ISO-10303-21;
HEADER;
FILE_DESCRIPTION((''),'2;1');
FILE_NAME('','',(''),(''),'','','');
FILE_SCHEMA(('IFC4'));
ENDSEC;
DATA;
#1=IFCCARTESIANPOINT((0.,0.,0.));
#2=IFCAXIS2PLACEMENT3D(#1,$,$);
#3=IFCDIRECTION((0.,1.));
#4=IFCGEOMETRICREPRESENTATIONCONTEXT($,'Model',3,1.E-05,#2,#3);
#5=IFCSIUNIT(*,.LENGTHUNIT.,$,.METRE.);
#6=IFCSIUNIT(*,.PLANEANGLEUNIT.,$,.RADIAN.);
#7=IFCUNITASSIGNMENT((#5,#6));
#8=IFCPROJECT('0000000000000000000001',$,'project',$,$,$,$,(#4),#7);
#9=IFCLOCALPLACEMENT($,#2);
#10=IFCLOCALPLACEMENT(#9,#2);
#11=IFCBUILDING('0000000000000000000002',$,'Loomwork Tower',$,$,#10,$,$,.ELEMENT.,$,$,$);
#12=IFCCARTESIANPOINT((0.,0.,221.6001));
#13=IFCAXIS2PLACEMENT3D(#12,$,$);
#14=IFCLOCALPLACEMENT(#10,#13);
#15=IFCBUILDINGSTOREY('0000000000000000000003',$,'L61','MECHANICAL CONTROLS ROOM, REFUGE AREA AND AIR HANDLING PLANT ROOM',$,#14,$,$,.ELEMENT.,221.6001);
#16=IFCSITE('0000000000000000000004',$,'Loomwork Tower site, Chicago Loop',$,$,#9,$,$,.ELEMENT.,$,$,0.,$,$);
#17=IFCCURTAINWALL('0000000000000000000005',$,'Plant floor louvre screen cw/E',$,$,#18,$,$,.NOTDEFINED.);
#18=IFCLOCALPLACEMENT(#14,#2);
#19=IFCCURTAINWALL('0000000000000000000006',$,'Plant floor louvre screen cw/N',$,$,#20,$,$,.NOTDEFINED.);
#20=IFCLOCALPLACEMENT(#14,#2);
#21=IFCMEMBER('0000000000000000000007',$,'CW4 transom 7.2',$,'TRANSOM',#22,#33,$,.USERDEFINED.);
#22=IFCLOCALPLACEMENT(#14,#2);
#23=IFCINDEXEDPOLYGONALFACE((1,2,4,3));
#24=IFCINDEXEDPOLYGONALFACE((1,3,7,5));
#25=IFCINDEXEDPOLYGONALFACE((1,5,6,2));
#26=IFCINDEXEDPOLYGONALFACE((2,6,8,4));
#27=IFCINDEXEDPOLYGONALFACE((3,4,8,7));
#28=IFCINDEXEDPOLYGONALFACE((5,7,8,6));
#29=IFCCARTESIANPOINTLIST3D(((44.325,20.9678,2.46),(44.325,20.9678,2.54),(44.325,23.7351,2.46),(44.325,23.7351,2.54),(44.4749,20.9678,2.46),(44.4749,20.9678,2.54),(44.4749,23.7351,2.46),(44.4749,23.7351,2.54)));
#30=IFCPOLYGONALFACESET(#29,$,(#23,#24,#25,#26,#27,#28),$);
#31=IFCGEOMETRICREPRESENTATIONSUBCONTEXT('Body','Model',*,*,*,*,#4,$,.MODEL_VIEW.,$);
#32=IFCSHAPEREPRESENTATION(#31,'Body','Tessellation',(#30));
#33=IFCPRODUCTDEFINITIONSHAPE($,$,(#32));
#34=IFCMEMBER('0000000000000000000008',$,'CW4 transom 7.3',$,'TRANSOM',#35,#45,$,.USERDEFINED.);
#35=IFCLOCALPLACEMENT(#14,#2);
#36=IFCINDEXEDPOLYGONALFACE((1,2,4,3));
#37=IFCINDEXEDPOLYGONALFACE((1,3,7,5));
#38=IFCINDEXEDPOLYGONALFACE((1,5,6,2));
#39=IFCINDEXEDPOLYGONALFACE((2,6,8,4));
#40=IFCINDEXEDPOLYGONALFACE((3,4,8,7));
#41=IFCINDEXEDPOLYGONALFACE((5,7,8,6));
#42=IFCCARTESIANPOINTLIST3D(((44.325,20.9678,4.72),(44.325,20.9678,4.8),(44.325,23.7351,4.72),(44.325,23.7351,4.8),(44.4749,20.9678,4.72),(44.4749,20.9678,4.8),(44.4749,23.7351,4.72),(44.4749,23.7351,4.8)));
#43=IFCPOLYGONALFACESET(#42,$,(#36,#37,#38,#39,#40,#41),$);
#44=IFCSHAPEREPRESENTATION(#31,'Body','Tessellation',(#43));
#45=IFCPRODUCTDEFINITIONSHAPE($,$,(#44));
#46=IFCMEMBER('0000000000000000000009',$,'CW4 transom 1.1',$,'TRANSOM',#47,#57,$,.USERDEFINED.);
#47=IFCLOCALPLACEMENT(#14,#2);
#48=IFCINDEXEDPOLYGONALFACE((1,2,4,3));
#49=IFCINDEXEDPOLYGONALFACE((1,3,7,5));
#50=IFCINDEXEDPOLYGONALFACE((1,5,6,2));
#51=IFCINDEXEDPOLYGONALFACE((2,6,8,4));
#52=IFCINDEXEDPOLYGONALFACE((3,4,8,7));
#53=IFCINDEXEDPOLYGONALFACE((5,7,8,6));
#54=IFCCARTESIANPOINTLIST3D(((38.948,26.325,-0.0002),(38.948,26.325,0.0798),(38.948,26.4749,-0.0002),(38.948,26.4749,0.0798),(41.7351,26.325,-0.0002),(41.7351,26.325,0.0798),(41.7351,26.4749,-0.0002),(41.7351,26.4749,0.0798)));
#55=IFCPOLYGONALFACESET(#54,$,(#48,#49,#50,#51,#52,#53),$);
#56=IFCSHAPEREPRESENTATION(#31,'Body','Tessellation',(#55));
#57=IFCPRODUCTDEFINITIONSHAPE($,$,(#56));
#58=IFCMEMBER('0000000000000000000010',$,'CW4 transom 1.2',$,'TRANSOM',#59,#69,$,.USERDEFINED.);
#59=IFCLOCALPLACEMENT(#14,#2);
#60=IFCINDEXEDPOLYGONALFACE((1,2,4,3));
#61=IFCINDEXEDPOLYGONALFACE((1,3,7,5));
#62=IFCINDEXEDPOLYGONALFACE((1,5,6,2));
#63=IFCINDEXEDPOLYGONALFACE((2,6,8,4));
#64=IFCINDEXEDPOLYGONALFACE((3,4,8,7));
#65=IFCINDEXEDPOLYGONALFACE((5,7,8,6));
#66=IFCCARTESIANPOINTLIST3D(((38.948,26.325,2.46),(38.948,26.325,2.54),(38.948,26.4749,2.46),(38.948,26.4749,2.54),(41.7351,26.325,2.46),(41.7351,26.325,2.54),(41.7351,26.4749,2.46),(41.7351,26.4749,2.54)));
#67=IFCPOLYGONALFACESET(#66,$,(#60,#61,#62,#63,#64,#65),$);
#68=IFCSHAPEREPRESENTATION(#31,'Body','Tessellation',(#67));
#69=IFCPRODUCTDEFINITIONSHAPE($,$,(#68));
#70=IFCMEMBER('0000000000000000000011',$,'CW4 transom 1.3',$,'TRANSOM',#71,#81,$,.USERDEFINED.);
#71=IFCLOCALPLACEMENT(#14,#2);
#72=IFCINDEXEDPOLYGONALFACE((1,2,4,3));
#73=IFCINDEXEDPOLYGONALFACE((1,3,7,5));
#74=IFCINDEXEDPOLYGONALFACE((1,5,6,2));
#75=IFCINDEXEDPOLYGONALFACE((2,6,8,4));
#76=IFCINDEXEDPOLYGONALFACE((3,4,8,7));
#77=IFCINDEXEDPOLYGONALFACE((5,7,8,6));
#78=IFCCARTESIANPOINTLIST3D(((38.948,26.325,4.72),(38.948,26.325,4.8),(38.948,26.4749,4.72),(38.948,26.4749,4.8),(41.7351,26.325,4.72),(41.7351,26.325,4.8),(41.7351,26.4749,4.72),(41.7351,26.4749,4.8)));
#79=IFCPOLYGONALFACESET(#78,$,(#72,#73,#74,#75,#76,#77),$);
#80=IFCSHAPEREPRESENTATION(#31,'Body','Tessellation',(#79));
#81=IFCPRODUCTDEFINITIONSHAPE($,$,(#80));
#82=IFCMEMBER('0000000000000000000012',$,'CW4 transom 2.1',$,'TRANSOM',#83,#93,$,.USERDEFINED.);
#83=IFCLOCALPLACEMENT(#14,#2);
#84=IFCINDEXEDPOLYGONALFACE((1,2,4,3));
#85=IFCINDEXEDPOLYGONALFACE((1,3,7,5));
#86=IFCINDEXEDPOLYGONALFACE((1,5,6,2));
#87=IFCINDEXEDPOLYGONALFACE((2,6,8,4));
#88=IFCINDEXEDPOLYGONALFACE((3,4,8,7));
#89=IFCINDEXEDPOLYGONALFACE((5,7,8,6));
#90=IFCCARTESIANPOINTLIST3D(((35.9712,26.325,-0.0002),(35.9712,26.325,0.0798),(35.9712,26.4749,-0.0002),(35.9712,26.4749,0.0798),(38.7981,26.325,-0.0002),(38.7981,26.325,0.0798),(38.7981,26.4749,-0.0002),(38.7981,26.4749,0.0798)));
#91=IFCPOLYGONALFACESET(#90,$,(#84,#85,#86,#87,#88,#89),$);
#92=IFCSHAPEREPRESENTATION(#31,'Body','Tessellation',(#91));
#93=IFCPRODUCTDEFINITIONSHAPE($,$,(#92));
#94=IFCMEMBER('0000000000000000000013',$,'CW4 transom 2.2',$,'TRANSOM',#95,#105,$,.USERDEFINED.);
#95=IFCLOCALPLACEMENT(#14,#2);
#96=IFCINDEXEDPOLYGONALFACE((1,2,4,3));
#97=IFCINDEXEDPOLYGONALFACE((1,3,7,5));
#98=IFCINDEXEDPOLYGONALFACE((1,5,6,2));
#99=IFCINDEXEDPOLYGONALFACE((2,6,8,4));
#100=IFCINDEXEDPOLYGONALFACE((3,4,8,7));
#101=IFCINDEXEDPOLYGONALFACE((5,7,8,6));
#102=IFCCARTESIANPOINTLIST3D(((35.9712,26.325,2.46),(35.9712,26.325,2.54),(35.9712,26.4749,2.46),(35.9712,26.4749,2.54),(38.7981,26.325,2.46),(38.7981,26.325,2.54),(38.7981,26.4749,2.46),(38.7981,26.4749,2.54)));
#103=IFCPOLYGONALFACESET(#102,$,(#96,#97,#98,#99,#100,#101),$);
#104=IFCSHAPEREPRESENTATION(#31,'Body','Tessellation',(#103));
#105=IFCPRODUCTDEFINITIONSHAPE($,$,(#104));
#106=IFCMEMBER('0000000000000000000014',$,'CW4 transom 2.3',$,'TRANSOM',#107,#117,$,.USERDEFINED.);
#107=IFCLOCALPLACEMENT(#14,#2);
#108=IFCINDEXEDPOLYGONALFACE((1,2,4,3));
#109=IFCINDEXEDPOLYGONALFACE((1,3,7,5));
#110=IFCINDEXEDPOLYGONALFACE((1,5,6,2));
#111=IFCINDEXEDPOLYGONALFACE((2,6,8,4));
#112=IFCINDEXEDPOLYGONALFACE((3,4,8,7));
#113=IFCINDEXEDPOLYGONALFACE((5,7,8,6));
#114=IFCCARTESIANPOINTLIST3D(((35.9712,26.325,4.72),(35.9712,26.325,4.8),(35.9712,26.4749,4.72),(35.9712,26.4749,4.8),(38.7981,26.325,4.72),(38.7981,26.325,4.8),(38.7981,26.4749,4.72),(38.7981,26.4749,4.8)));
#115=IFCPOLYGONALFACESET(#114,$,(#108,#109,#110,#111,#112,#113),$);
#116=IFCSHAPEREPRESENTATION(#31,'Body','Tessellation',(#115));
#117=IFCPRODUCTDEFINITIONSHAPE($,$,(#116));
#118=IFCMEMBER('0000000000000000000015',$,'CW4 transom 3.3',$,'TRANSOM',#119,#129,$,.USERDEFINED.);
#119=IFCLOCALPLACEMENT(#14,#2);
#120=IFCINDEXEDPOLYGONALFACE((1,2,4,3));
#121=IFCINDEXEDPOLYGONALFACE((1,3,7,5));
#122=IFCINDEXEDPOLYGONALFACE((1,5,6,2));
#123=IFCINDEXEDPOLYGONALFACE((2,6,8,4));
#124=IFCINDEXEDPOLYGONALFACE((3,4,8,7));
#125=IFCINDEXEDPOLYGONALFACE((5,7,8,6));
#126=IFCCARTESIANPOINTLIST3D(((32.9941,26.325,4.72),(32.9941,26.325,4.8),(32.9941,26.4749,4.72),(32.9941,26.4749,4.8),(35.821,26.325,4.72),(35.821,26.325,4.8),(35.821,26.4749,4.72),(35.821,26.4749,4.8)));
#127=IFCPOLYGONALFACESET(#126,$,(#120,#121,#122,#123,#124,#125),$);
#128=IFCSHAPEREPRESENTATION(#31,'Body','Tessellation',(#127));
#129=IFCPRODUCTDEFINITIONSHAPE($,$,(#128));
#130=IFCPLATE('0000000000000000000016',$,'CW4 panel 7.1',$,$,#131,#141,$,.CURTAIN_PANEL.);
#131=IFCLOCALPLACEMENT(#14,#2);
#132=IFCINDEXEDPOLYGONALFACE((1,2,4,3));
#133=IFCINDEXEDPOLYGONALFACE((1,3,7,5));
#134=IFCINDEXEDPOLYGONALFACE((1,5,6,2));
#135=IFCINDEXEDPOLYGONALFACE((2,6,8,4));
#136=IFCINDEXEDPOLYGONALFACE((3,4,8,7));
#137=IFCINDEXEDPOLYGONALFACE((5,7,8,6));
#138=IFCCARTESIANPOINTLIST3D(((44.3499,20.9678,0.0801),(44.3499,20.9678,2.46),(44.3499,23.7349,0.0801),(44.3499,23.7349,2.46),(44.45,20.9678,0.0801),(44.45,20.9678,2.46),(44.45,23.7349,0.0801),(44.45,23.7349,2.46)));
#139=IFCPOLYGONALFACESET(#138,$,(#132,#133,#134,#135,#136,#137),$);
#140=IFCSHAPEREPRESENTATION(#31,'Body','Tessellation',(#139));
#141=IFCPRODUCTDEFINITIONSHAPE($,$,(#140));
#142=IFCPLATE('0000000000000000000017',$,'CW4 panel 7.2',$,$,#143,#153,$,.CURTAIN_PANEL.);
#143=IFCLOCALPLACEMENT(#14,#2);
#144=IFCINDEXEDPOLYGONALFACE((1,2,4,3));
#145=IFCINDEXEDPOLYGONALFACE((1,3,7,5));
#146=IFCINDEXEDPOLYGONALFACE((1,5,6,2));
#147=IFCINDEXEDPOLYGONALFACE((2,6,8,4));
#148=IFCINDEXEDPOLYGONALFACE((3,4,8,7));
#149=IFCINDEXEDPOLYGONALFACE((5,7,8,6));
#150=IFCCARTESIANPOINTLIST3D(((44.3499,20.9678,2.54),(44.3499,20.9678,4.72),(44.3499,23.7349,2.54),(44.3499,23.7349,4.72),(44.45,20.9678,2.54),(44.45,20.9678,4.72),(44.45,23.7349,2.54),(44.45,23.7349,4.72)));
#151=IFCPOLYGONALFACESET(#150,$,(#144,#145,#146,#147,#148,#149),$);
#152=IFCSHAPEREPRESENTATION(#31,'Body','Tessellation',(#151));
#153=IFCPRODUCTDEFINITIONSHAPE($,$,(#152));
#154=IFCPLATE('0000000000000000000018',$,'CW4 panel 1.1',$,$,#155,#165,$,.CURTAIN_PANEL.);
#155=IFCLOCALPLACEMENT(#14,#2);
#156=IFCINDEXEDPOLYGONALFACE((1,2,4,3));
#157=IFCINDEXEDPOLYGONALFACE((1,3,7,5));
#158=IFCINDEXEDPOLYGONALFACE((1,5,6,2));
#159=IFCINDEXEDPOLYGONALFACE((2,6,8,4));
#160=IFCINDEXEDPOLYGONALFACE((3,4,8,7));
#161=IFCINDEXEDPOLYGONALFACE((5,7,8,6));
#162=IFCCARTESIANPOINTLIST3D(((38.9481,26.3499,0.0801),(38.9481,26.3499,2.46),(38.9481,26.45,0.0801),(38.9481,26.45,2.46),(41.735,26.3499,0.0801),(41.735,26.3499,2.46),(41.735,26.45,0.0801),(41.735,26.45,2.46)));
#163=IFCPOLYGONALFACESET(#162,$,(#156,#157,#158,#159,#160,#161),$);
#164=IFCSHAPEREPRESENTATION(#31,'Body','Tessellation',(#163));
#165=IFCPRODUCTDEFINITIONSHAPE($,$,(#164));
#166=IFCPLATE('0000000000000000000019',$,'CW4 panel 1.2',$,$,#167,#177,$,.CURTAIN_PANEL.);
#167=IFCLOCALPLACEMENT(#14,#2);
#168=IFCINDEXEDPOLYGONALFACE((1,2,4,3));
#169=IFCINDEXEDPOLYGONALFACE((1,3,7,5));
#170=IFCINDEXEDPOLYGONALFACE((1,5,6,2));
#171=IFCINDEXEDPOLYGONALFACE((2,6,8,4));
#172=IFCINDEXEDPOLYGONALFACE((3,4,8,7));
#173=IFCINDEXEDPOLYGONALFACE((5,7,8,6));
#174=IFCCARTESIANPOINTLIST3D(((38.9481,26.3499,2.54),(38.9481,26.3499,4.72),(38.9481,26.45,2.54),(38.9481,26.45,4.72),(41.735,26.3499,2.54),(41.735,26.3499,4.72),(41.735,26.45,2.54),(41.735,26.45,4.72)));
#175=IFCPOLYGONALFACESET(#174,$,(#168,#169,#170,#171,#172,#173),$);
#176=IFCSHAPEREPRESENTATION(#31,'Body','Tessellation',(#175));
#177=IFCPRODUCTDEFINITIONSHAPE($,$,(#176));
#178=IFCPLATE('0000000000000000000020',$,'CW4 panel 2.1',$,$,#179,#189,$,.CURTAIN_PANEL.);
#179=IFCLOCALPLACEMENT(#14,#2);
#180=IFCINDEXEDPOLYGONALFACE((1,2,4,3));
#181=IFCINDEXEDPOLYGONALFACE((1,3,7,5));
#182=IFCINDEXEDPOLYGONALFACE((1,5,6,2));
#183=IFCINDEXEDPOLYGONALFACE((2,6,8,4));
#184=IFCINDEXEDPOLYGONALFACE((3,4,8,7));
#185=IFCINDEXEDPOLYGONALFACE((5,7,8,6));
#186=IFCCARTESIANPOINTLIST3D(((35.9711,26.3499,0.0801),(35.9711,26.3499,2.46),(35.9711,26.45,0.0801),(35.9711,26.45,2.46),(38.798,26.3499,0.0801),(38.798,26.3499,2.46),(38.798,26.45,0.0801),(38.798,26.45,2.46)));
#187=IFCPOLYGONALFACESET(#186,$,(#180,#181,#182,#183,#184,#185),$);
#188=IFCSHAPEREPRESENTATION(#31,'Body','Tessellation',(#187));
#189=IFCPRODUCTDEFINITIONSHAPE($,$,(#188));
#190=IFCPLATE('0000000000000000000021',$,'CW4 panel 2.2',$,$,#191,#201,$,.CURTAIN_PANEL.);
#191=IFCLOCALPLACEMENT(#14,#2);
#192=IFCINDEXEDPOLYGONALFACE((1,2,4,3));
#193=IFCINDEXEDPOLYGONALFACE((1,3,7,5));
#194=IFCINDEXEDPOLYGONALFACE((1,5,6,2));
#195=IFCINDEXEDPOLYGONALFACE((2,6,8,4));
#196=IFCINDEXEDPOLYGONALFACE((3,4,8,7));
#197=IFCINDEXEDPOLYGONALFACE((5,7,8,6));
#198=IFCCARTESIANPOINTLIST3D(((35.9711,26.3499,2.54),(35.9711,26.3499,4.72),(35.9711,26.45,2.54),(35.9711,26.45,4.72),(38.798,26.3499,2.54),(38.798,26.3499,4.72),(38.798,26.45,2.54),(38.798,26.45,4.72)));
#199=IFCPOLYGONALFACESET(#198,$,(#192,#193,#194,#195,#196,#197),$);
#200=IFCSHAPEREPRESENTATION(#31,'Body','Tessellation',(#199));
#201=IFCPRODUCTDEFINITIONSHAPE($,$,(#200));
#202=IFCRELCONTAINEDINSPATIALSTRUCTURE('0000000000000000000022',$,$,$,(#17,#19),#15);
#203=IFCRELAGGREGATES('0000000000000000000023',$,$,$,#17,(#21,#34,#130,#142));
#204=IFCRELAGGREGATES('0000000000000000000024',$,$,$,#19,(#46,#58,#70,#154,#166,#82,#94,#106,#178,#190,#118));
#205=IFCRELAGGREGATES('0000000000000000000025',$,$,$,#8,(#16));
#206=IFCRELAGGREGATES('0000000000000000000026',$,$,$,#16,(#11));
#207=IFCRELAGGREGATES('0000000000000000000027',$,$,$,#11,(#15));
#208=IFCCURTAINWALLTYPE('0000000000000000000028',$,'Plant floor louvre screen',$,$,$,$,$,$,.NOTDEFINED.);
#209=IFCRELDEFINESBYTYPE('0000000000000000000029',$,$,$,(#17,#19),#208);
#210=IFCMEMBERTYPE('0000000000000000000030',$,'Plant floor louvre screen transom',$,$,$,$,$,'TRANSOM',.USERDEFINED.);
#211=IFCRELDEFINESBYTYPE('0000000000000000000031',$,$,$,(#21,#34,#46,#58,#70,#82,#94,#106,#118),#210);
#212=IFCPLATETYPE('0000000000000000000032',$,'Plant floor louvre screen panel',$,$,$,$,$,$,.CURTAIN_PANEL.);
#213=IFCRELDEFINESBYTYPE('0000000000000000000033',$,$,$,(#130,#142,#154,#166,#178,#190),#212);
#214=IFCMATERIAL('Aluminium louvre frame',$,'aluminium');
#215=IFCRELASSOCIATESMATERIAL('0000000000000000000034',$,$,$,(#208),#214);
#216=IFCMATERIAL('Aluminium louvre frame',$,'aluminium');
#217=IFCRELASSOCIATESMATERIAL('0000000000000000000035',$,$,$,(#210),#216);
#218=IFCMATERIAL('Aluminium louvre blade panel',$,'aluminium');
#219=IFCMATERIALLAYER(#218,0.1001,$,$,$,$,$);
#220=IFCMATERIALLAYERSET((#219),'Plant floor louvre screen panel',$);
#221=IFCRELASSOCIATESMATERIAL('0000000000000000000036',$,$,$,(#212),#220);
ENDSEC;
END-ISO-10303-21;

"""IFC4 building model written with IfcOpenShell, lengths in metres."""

from ifc_helpers import new_model, si_unit, direction, frame, origin, origin_2d, place, context, subcontext, project, spatial, rectangle, extrude, material, layer, layer_set, material_profile, profile_set, type_object, element, aggregate, save


model = new_model("IFC4")

# Units and contexts
model_context = context("Model", 3, precision=1e-05, world=origin(), true_north=direction((0.0, 1.0)))
body_context = subcontext(model_context, "Body", "Model", "MODEL_VIEW")
ifc_project = project(units=[si_unit("LENGTHUNIT", "METRE"), si_unit("PLANEANGLEUNIT", "RADIAN")], contexts=[model_context])

# Site, building, storey
site_placement = place(None, origin())
site = spatial("IfcSite", under=ifc_project, at=site_placement, Name="Loomwork Tower site, Chicago Loop", CompositionType="ELEMENT", RefElevation=0.0)
building_placement = place(site_placement, origin())
building = spatial("IfcBuilding", under=site, at=building_placement, Name="Loomwork Tower", CompositionType="ELEMENT")
storey_placement = place(building_placement, frame((0.0, 0.0, 221.6001)))
storey = spatial("IfcBuildingStorey", under=building, at=storey_placement, Name="L61", Description="MECHANICAL CONTROLS ROOM, REFUGE AREA AND AIR HANDLING PLANT ROOM", CompositionType="ELEMENT", Elevation=221.6001)

# Curtain wall
ifc_material_1 = material(Name="Aluminium louvre frame", Category="aluminium")
curtain_wall_type = type_object("IfcCurtainWallType", Name="Plant floor louvre screen", PredefinedType="NOTDEFINED", material=ifc_material_1)
curtain_wall_1_placement = place(storey_placement, origin())
curtain_wall_1 = element("IfcCurtainWall", 1, at=curtain_wall_1_placement, inside=storey, type_object=curtain_wall_type, Name="Plant floor louvre screen cw/E", PredefinedType="NOTDEFINED")

# Curtain wall
curtain_wall_2_placement = place(storey_placement, origin())
curtain_wall_2 = element("IfcCurtainWall", 2, at=curtain_wall_2_placement, inside=storey, type_object=curtain_wall_type, Name="Plant floor louvre screen cw/N", PredefinedType="NOTDEFINED")

# Members
ifc_material_2 = material(Name="Aluminium louvre frame", Category="aluminium")
ifc_material_profile_1 = material_profile(ifc_material_2, rectangle(XDim=0.1499, YDim=0.0801, at=origin_2d()), Name="AL 80x150")
ifc_profile_set_1 = profile_set([ifc_material_profile_1], Name="Aluminium louvre frame")
member_type_1 = type_object("IfcMemberType", Name="Plant floor louvre screen transom", ElementType="TRANSOM", PredefinedType="USERDEFINED", material=ifc_profile_set_1)
member_1_placement = place(storey_placement, frame((44.3999, 20.9678, 2.5), z_axis=(0.0, 1.0, 0.0), x_axis=(-1.0, 0.0, 0.0)))
member_1 = element("IfcMember", 3, at=member_1_placement, type_object=member_type_1, Name="CW4 transom 7.2", ObjectType="TRANSOM", PredefinedType="USERDEFINED", context=body_context, shape_type="SweptSolid", body=[
    extrude(rectangle(XDim=0.1499, YDim=0.0801, at=origin_2d()), origin(), (0.0, 0.0, 1.0), 2.7673),
])
member_2_placement = place(storey_placement, frame((44.3999, 20.9678, 4.76), z_axis=(0.0, 1.0, 0.0), x_axis=(-1.0, 0.0, 0.0)))
member_2 = element("IfcMember", 4, at=member_2_placement, type_object=member_type_1, Name="CW4 transom 7.3", ObjectType="TRANSOM", PredefinedType="USERDEFINED", context=body_context, shape_type="SweptSolid", body=[
    extrude(rectangle(XDim=0.1499, YDim=0.0801, at=origin_2d()), origin(), (0.0, 0.0, 1.0), 2.7673),
])
member_3_placement = place(storey_placement, frame((41.7351, 26.3999, 0.0398), z_axis=(-1.0, 0.0, 0.0), x_axis=(0.0, -1.0, 0.0)))
member_3 = element("IfcMember", 5, at=member_3_placement, type_object=member_type_1, Name="CW4 transom 1.1", ObjectType="TRANSOM", PredefinedType="USERDEFINED", context=body_context, shape_type="SweptSolid", body=[
    extrude(rectangle(XDim=0.1499, YDim=0.0801, at=origin_2d()), origin(), (0.0, 0.0, 1.0), 2.7871),
])
member_4_placement = place(storey_placement, frame((41.7351, 26.3999, 2.5), z_axis=(-1.0, 0.0, 0.0), x_axis=(0.0, -1.0, 0.0)))
member_4 = element("IfcMember", 6, at=member_4_placement, type_object=member_type_1, Name="CW4 transom 1.2", ObjectType="TRANSOM", PredefinedType="USERDEFINED", context=body_context, shape_type="SweptSolid", body=[
    extrude(rectangle(XDim=0.1499, YDim=0.0801, at=origin_2d()), origin(), (0.0, 0.0, 1.0), 2.7871),
])
member_5_placement = place(storey_placement, frame((41.7351, 26.3999, 4.76), z_axis=(-1.0, 0.0, 0.0), x_axis=(0.0, -1.0, 0.0)))
member_5 = element("IfcMember", 7, at=member_5_placement, type_object=member_type_1, Name="CW4 transom 1.3", ObjectType="TRANSOM", PredefinedType="USERDEFINED", context=body_context, shape_type="SweptSolid", body=[
    extrude(rectangle(XDim=0.1499, YDim=0.0801, at=origin_2d()), origin(), (0.0, 0.0, 1.0), 2.7871),
])
member_6_placement = place(storey_placement, frame((38.7981, 26.3999, 0.0398), z_axis=(-1.0, 0.0, 0.0), x_axis=(0.0, -1.0, 0.0)))
member_6 = element("IfcMember", 8, at=member_6_placement, type_object=member_type_1, Name="CW4 transom 2.1", ObjectType="TRANSOM", PredefinedType="USERDEFINED", context=body_context, shape_type="SweptSolid", body=[
    extrude(rectangle(XDim=0.1499, YDim=0.0801, at=origin_2d()), origin(), (0.0, 0.0, 1.0), 2.8269),
])
member_7_placement = place(storey_placement, frame((38.7981, 26.3999, 2.5), z_axis=(-1.0, 0.0, 0.0), x_axis=(0.0, -1.0, 0.0)))
member_7 = element("IfcMember", 9, at=member_7_placement, type_object=member_type_1, Name="CW4 transom 2.2", ObjectType="TRANSOM", PredefinedType="USERDEFINED", context=body_context, shape_type="SweptSolid", body=[
    extrude(rectangle(XDim=0.1499, YDim=0.0801, at=origin_2d()), origin(), (0.0, 0.0, 1.0), 2.8269),
])
member_8_placement = place(storey_placement, frame((38.7981, 26.3999, 4.76), z_axis=(-1.0, 0.0, 0.0), x_axis=(0.0, -1.0, 0.0)))
member_8 = element("IfcMember", 10, at=member_8_placement, type_object=member_type_1, Name="CW4 transom 2.3", ObjectType="TRANSOM", PredefinedType="USERDEFINED", context=body_context, shape_type="SweptSolid", body=[
    extrude(rectangle(XDim=0.1499, YDim=0.0801, at=origin_2d()), origin(), (0.0, 0.0, 1.0), 2.8269),
])
member_9_placement = place(storey_placement, frame((35.821, 26.3999, 4.76), z_axis=(-1.0, 0.0, 0.0), x_axis=(0.0, -1.0, 0.0)))
member_9 = element("IfcMember", 11, at=member_9_placement, type_object=member_type_1, Name="CW4 transom 3.3", ObjectType="TRANSOM", PredefinedType="USERDEFINED", context=body_context, shape_type="SweptSolid", body=[
    extrude(rectangle(XDim=0.1499, YDim=0.0801, at=origin_2d()), origin(), (0.0, 0.0, 1.0), 2.8269),
])

# Plates
ifc_material_3 = material(Name="Aluminium louvre blade panel", Category="aluminium")
ifc_layer_1 = layer(ifc_material_3, 0.1001)
ifc_layer_set_1 = layer_set([ifc_layer_1], Name="Plant floor louvre screen panel")
plate_type_1 = type_object("IfcPlateType", Name="Plant floor louvre screen panel", PredefinedType="CURTAIN_PANEL", material=ifc_layer_set_1)
plate_1_placement = place(storey_placement, frame((44.3999, 22.3513, 0.0801), z_axis=(0.0, 0.0, 1.0), x_axis=(0.0, 1.0, 0.0)))
plate_1 = element("IfcPlate", 12, at=plate_1_placement, type_object=plate_type_1, Name="CW4 panel 7.1", PredefinedType="CURTAIN_PANEL", context=body_context, shape_type="SweptSolid", body=[
    extrude(rectangle(XDim=2.7671, YDim=0.1001, at=origin_2d()), origin(), (0.0, 0.0, 1.0), 2.3799),
])
plate_2_placement = place(storey_placement, frame((44.3999, 22.3513, 2.54), z_axis=(0.0, 0.0, 1.0), x_axis=(0.0, 1.0, 0.0)))
plate_2 = element("IfcPlate", 13, at=plate_2_placement, type_object=plate_type_1, Name="CW4 panel 7.2", PredefinedType="CURTAIN_PANEL", context=body_context, shape_type="SweptSolid", body=[
    extrude(rectangle(XDim=2.7671, YDim=0.1001, at=origin_2d()), origin(), (0.0, 0.0, 1.0), 2.1799),
])
aggregate(curtain_wall_1, [member_1, member_2, plate_1, plate_2])
plate_3_placement = place(storey_placement, frame((40.3416, 26.3999, 0.0801), z_axis=(0.0, 0.0, 1.0), x_axis=(-1.0, 0.0, 0.0)))
plate_3 = element("IfcPlate", 14, at=plate_3_placement, type_object=plate_type_1, Name="CW4 panel 1.1", PredefinedType="CURTAIN_PANEL", context=body_context, shape_type="SweptSolid", body=[
    extrude(rectangle(XDim=2.7869, YDim=0.1001, at=origin_2d()), origin(), (0.0, 0.0, 1.0), 2.3799),
])
plate_4_placement = place(storey_placement, frame((40.3416, 26.3999, 2.54), z_axis=(0.0, 0.0, 1.0), x_axis=(-1.0, 0.0, 0.0)))
plate_4 = element("IfcPlate", 15, at=plate_4_placement, type_object=plate_type_1, Name="CW4 panel 1.2", PredefinedType="CURTAIN_PANEL", context=body_context, shape_type="SweptSolid", body=[
    extrude(rectangle(XDim=2.7869, YDim=0.1001, at=origin_2d()), origin(), (0.0, 0.0, 1.0), 2.1799),
])
plate_5_placement = place(storey_placement, frame((37.3845, 26.3999, 0.0801), z_axis=(0.0, 0.0, 1.0), x_axis=(-1.0, 0.0, 0.0)))
plate_5 = element("IfcPlate", 16, at=plate_5_placement, type_object=plate_type_1, Name="CW4 panel 2.1", PredefinedType="CURTAIN_PANEL", context=body_context, shape_type="SweptSolid", body=[
    extrude(rectangle(XDim=2.8269, YDim=0.1001, at=origin_2d()), origin(), (0.0, 0.0, 1.0), 2.3799),
])
plate_6_placement = place(storey_placement, frame((37.3845, 26.3999, 2.54), z_axis=(0.0, 0.0, 1.0), x_axis=(-1.0, 0.0, 0.0)))
plate_6 = element("IfcPlate", 17, at=plate_6_placement, type_object=plate_type_1, Name="CW4 panel 2.2", PredefinedType="CURTAIN_PANEL", context=body_context, shape_type="SweptSolid", body=[
    extrude(rectangle(XDim=2.8269, YDim=0.1001, at=origin_2d()), origin(), (0.0, 0.0, 1.0), 2.1799),
])
aggregate(curtain_wall_2, [member_3, member_4, member_5, plate_3, plate_4, member_6, member_7, member_8, plate_5, plate_6, member_9])

save(model, "model.ifc")
